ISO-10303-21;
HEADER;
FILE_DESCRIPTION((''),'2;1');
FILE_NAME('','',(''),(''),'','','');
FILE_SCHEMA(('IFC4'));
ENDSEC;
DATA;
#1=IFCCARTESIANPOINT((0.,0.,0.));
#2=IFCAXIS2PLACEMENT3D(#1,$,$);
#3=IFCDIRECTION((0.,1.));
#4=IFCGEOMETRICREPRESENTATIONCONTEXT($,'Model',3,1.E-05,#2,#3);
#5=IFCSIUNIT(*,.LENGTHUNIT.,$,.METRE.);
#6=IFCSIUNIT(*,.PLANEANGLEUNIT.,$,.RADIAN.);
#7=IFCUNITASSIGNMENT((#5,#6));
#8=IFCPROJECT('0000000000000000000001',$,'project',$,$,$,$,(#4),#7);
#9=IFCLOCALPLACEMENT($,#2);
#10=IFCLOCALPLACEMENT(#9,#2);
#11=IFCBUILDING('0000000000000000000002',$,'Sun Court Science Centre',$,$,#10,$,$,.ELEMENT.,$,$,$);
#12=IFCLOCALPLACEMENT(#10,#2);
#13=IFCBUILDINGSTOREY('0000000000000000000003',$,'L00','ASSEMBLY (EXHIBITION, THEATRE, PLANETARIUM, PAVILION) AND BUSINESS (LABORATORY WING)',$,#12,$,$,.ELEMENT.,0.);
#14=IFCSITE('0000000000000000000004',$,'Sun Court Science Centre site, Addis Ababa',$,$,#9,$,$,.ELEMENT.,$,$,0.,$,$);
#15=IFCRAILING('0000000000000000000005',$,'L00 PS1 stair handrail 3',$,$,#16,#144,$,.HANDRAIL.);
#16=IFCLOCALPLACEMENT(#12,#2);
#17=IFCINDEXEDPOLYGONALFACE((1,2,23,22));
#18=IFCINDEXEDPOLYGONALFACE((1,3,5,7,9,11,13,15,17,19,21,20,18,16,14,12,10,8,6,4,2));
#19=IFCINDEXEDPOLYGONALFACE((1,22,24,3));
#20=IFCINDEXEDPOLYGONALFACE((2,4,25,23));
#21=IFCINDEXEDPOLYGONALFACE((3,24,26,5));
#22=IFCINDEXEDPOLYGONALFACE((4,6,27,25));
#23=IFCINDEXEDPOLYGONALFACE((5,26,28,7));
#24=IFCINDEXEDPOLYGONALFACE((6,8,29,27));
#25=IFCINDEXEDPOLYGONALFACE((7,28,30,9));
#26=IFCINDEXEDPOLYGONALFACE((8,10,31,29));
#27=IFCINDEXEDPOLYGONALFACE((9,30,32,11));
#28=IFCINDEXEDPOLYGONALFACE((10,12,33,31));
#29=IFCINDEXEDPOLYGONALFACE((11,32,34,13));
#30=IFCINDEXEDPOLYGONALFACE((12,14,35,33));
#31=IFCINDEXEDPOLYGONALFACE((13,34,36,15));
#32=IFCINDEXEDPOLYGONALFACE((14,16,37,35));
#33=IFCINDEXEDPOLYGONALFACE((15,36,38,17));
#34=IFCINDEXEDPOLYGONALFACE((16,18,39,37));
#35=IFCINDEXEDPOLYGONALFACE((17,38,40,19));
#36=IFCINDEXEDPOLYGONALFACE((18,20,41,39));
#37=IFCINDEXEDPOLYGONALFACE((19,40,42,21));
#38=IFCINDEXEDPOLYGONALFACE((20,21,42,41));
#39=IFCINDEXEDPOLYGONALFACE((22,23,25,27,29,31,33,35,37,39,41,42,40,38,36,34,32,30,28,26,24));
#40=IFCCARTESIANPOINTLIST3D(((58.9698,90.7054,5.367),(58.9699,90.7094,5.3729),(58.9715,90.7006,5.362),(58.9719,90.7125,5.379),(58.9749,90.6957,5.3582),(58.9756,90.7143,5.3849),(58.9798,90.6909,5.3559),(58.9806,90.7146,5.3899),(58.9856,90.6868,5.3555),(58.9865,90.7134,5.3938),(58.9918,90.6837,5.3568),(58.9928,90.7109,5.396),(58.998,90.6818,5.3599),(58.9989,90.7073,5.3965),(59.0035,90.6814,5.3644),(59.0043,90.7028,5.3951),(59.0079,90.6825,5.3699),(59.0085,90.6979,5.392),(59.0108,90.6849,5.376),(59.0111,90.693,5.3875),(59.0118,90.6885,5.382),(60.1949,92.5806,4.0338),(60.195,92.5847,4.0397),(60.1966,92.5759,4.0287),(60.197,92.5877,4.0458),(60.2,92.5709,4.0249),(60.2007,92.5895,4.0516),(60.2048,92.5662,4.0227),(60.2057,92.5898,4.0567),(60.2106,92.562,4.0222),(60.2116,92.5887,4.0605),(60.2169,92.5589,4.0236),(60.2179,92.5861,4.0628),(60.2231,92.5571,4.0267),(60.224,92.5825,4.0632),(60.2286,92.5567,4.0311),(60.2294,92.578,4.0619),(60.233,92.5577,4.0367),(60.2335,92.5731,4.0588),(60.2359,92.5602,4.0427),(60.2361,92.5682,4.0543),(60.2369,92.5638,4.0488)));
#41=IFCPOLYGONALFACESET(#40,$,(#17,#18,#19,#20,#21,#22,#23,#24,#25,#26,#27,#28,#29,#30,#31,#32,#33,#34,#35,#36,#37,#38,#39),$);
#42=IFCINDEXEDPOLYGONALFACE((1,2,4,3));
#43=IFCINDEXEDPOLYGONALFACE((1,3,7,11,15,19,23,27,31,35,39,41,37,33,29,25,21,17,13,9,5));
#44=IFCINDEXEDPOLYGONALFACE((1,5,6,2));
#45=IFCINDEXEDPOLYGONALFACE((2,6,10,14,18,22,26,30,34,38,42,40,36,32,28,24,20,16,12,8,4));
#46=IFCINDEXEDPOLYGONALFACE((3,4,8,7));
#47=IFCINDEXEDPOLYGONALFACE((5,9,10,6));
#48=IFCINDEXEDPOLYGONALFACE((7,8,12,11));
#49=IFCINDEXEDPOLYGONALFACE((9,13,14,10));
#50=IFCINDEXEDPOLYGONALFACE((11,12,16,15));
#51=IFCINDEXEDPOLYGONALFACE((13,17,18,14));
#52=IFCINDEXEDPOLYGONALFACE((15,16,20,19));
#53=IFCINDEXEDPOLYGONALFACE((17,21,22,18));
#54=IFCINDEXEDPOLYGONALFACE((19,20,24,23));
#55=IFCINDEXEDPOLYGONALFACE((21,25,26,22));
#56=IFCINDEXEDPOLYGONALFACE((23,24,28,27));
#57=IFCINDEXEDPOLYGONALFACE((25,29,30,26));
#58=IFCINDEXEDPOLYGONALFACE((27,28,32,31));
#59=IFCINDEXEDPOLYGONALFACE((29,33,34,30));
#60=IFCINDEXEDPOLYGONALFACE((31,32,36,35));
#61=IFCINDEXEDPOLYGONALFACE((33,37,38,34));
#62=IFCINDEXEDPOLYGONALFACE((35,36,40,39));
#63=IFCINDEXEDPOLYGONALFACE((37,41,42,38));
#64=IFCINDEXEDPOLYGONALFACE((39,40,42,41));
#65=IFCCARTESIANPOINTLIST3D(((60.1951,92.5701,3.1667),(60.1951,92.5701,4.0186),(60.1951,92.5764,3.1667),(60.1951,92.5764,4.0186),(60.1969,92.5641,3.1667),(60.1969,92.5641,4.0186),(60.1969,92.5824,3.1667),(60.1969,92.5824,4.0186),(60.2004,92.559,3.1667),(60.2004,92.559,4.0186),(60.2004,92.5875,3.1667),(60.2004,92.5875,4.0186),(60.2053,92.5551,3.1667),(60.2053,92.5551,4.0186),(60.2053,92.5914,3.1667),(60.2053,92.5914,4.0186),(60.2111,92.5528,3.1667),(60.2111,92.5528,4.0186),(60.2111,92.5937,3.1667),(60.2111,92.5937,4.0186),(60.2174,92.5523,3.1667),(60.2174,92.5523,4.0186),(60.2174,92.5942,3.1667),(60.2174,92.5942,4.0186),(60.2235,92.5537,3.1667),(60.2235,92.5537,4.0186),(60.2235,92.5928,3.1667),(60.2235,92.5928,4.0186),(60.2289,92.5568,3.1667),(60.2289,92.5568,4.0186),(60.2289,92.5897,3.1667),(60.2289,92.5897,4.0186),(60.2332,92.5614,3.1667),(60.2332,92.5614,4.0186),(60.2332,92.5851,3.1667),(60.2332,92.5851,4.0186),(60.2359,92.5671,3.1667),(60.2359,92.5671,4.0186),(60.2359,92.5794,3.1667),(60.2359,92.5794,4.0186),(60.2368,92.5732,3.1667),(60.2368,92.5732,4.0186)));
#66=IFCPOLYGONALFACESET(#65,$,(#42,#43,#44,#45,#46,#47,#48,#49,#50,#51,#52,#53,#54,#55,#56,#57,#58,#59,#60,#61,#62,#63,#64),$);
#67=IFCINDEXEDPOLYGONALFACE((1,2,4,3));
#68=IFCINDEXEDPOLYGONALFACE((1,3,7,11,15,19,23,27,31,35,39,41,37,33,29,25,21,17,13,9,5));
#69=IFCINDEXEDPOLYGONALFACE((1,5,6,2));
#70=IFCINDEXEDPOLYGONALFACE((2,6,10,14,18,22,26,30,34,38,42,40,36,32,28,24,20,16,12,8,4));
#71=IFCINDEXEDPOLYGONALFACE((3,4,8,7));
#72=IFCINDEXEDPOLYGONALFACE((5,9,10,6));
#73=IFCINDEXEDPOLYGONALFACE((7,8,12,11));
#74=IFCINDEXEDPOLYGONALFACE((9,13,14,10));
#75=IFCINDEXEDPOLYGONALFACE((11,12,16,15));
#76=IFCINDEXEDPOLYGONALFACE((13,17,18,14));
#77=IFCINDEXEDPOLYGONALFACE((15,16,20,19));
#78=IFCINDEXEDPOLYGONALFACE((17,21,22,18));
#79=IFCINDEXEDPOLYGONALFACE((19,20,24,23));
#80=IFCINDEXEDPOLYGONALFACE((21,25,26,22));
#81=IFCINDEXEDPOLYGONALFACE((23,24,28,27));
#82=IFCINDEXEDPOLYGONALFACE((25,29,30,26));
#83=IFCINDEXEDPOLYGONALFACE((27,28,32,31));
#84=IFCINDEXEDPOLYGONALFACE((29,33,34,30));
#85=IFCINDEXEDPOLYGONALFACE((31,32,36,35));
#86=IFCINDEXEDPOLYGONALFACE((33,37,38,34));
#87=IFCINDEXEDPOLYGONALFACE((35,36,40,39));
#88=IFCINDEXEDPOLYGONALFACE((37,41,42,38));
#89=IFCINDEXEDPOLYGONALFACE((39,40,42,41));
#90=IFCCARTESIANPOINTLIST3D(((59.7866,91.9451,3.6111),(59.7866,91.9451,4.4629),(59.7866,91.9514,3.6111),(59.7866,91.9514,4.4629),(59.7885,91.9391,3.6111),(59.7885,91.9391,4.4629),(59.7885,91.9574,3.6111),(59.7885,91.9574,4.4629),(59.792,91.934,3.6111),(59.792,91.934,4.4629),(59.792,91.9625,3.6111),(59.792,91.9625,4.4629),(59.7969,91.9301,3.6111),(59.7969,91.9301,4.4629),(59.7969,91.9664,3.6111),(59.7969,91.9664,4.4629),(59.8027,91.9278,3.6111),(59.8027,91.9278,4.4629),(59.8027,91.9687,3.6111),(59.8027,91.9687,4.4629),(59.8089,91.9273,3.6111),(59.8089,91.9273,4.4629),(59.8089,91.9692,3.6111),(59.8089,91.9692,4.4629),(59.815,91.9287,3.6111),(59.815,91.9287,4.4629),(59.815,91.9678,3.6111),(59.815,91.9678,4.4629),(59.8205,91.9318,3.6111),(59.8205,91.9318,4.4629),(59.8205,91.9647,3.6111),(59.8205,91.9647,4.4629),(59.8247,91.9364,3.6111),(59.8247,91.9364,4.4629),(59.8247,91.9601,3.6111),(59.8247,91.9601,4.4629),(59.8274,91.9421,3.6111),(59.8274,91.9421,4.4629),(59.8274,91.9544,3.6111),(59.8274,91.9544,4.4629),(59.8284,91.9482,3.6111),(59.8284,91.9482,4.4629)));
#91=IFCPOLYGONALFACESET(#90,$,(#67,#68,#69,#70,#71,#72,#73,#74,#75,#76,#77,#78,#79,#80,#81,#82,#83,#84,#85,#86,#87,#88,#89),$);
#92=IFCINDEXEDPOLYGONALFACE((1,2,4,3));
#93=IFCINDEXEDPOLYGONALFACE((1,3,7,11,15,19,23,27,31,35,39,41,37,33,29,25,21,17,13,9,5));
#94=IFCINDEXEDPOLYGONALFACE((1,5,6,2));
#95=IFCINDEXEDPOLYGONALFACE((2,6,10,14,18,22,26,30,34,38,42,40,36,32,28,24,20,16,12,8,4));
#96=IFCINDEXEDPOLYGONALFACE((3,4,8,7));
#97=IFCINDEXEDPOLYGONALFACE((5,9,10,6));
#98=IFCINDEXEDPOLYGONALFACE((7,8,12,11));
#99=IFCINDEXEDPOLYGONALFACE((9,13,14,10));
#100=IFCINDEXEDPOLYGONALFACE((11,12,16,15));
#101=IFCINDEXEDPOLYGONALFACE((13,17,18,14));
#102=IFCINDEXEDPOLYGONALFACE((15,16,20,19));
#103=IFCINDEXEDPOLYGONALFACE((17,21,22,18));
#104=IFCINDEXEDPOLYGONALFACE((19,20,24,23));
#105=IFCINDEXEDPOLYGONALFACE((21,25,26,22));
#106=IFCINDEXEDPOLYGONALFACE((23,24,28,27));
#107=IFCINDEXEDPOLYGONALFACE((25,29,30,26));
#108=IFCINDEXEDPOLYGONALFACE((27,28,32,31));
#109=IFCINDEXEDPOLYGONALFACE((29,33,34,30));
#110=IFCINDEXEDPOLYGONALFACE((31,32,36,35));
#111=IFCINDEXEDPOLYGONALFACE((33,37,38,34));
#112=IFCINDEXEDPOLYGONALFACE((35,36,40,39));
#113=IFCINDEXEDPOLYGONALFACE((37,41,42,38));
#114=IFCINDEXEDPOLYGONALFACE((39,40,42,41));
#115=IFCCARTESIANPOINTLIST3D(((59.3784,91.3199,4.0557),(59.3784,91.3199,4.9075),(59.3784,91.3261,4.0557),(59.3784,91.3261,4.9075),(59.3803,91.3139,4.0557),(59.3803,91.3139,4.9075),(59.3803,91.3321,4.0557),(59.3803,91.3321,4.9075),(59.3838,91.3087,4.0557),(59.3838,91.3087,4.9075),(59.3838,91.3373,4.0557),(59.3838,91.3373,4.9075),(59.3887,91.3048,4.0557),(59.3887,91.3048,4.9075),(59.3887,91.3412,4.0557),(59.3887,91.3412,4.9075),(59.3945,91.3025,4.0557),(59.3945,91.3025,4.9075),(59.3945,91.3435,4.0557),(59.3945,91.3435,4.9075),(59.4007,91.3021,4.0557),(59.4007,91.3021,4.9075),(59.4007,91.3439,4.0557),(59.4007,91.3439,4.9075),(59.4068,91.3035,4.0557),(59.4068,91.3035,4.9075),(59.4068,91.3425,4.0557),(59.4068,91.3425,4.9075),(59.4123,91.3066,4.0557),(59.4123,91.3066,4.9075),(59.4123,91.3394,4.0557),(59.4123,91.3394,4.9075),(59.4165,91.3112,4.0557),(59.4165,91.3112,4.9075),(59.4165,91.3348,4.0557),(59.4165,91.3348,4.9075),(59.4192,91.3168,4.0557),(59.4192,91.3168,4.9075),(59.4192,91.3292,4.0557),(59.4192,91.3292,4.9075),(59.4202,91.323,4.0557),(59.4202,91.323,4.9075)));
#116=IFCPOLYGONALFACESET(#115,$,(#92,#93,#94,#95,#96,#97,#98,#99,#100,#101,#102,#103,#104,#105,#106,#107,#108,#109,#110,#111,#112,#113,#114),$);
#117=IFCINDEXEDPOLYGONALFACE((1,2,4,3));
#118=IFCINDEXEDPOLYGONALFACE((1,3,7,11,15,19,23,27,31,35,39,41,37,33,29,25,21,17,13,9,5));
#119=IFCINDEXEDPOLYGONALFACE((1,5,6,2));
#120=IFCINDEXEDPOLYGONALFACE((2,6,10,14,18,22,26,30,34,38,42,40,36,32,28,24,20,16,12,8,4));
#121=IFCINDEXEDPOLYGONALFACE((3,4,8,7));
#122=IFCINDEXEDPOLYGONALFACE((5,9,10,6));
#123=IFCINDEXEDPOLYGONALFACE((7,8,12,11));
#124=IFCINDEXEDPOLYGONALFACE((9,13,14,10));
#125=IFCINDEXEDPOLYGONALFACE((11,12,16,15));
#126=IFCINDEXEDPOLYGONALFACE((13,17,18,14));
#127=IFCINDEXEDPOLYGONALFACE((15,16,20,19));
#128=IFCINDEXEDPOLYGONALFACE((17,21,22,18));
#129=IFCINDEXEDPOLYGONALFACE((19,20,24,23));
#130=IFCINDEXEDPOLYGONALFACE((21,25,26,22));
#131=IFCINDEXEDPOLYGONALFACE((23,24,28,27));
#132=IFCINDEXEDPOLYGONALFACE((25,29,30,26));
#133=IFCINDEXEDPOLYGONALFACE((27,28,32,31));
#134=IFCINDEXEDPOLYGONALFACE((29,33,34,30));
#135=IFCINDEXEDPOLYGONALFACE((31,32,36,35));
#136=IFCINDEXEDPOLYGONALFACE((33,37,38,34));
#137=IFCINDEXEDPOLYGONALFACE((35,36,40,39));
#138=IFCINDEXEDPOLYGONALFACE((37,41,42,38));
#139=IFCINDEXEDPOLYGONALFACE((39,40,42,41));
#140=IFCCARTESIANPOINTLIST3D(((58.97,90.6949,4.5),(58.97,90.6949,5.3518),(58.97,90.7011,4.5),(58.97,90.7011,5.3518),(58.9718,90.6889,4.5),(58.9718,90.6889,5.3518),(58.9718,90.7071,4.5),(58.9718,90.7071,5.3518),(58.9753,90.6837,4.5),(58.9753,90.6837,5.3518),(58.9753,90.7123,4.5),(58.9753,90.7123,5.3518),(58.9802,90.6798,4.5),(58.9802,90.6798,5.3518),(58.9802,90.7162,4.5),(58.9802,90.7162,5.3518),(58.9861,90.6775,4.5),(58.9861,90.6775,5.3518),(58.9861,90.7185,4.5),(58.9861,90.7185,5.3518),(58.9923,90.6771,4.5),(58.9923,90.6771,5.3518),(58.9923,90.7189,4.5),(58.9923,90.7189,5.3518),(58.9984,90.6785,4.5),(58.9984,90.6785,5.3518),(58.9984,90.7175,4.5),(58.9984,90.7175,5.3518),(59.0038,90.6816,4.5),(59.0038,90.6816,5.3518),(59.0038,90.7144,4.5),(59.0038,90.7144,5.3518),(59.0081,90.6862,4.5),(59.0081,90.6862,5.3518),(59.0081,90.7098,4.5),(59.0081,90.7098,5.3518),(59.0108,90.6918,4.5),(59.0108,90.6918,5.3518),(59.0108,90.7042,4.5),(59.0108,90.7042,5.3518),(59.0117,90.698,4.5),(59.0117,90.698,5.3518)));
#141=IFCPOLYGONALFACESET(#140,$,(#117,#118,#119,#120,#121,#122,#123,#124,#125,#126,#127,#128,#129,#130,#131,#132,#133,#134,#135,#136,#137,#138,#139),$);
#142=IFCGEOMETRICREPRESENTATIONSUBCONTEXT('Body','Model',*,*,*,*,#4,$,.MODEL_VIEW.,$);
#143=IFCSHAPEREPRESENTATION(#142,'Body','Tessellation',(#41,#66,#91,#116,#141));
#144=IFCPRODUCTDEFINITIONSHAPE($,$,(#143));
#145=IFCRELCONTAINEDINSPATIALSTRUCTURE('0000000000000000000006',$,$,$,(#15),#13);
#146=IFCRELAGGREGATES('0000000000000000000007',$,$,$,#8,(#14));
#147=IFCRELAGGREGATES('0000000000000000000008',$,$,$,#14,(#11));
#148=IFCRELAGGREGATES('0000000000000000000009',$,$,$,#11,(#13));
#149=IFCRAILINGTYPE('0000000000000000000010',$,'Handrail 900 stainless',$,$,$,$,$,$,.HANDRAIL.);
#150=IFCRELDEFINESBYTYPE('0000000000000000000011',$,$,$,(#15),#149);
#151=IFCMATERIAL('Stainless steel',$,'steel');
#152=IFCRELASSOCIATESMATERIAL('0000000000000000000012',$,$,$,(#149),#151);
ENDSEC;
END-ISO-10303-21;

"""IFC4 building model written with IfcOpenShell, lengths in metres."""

from ifc_helpers import new_model, si_unit, direction, frame, origin, origin_2d, place, context, subcontext, project, spatial, circle, extrude, material, type_object, element, save


model = new_model("IFC4")

# Units and contexts
model_context = context("Model", 3, precision=1e-05, world=origin(), true_north=direction((0.0, 1.0)))
body_context = subcontext(model_context, "Body", "Model", "MODEL_VIEW")
ifc_project = project(units=[si_unit("LENGTHUNIT", "METRE"), si_unit("PLANEANGLEUNIT", "RADIAN")], contexts=[model_context])

# Site, building, storey
site_placement = place(None, origin())
site = spatial("IfcSite", under=ifc_project, at=site_placement, Name="Sun Court Science Centre site, Addis Ababa", CompositionType="ELEMENT", RefElevation=0.0)
building_placement = place(site_placement, origin())
building = spatial("IfcBuilding", under=site, at=building_placement, Name="Sun Court Science Centre", CompositionType="ELEMENT")
storey_placement = place(building_placement, origin())
storey = spatial("IfcBuildingStorey", under=building, at=storey_placement, Name="L00", Description="ASSEMBLY (EXHIBITION, THEATRE, PLANETARIUM, PAVILION) AND BUSINESS (LABORATORY WING)", CompositionType="ELEMENT", Elevation=0.0)

# Railing
ifc_material_1 = material(Name="Stainless steel", Category="steel")
railing_type_1 = type_object("IfcRailingType", Name="Handrail 900 stainless", PredefinedType="HANDRAIL", material=ifc_material_1)
for number, where, name in (
    (1, (60.2158, 92.5732, 3.1667), "L00 PS1 stair handrail 3"),
):
    element("IfcRailing", number, at=place(storey_placement, frame(where)), inside=storey, type_object=railing_type_1, Name=name, PredefinedType="HANDRAIL", context=body_context, shape_type="SweptSolid", body=[
        extrude(circle(Radius=0.0239, at=origin_2d()), frame((0.0, 0.0, 0.876), z_axis=(-0.469978, -0.71939, 0.511468), x_axis=(0.837179, -0.546929, 0.0)), (0.0, 0.0, 1.0), 2.6067),
        extrude(circle(Radius=0.021, at=origin_2d()), origin(), (0.0, 0.0, 1.0), 0.8518),
        extrude(circle(Radius=0.021, at=origin_2d()), frame((-0.4084, -0.625, 0.4443)), (0.0, 0.0, 1.0), 0.8518),
        extrude(circle(Radius=0.021, at=origin_2d()), frame((-0.8167, -1.2502, 0.8889)), (0.0, 0.0, 1.0), 0.8518),
        extrude(circle(Radius=0.021, at=origin_2d()), frame((-1.2251, -1.8752, 1.3333)), (0.0, 0.0, 1.0), 0.8518),
    ])

save(model, "model.ifc")
